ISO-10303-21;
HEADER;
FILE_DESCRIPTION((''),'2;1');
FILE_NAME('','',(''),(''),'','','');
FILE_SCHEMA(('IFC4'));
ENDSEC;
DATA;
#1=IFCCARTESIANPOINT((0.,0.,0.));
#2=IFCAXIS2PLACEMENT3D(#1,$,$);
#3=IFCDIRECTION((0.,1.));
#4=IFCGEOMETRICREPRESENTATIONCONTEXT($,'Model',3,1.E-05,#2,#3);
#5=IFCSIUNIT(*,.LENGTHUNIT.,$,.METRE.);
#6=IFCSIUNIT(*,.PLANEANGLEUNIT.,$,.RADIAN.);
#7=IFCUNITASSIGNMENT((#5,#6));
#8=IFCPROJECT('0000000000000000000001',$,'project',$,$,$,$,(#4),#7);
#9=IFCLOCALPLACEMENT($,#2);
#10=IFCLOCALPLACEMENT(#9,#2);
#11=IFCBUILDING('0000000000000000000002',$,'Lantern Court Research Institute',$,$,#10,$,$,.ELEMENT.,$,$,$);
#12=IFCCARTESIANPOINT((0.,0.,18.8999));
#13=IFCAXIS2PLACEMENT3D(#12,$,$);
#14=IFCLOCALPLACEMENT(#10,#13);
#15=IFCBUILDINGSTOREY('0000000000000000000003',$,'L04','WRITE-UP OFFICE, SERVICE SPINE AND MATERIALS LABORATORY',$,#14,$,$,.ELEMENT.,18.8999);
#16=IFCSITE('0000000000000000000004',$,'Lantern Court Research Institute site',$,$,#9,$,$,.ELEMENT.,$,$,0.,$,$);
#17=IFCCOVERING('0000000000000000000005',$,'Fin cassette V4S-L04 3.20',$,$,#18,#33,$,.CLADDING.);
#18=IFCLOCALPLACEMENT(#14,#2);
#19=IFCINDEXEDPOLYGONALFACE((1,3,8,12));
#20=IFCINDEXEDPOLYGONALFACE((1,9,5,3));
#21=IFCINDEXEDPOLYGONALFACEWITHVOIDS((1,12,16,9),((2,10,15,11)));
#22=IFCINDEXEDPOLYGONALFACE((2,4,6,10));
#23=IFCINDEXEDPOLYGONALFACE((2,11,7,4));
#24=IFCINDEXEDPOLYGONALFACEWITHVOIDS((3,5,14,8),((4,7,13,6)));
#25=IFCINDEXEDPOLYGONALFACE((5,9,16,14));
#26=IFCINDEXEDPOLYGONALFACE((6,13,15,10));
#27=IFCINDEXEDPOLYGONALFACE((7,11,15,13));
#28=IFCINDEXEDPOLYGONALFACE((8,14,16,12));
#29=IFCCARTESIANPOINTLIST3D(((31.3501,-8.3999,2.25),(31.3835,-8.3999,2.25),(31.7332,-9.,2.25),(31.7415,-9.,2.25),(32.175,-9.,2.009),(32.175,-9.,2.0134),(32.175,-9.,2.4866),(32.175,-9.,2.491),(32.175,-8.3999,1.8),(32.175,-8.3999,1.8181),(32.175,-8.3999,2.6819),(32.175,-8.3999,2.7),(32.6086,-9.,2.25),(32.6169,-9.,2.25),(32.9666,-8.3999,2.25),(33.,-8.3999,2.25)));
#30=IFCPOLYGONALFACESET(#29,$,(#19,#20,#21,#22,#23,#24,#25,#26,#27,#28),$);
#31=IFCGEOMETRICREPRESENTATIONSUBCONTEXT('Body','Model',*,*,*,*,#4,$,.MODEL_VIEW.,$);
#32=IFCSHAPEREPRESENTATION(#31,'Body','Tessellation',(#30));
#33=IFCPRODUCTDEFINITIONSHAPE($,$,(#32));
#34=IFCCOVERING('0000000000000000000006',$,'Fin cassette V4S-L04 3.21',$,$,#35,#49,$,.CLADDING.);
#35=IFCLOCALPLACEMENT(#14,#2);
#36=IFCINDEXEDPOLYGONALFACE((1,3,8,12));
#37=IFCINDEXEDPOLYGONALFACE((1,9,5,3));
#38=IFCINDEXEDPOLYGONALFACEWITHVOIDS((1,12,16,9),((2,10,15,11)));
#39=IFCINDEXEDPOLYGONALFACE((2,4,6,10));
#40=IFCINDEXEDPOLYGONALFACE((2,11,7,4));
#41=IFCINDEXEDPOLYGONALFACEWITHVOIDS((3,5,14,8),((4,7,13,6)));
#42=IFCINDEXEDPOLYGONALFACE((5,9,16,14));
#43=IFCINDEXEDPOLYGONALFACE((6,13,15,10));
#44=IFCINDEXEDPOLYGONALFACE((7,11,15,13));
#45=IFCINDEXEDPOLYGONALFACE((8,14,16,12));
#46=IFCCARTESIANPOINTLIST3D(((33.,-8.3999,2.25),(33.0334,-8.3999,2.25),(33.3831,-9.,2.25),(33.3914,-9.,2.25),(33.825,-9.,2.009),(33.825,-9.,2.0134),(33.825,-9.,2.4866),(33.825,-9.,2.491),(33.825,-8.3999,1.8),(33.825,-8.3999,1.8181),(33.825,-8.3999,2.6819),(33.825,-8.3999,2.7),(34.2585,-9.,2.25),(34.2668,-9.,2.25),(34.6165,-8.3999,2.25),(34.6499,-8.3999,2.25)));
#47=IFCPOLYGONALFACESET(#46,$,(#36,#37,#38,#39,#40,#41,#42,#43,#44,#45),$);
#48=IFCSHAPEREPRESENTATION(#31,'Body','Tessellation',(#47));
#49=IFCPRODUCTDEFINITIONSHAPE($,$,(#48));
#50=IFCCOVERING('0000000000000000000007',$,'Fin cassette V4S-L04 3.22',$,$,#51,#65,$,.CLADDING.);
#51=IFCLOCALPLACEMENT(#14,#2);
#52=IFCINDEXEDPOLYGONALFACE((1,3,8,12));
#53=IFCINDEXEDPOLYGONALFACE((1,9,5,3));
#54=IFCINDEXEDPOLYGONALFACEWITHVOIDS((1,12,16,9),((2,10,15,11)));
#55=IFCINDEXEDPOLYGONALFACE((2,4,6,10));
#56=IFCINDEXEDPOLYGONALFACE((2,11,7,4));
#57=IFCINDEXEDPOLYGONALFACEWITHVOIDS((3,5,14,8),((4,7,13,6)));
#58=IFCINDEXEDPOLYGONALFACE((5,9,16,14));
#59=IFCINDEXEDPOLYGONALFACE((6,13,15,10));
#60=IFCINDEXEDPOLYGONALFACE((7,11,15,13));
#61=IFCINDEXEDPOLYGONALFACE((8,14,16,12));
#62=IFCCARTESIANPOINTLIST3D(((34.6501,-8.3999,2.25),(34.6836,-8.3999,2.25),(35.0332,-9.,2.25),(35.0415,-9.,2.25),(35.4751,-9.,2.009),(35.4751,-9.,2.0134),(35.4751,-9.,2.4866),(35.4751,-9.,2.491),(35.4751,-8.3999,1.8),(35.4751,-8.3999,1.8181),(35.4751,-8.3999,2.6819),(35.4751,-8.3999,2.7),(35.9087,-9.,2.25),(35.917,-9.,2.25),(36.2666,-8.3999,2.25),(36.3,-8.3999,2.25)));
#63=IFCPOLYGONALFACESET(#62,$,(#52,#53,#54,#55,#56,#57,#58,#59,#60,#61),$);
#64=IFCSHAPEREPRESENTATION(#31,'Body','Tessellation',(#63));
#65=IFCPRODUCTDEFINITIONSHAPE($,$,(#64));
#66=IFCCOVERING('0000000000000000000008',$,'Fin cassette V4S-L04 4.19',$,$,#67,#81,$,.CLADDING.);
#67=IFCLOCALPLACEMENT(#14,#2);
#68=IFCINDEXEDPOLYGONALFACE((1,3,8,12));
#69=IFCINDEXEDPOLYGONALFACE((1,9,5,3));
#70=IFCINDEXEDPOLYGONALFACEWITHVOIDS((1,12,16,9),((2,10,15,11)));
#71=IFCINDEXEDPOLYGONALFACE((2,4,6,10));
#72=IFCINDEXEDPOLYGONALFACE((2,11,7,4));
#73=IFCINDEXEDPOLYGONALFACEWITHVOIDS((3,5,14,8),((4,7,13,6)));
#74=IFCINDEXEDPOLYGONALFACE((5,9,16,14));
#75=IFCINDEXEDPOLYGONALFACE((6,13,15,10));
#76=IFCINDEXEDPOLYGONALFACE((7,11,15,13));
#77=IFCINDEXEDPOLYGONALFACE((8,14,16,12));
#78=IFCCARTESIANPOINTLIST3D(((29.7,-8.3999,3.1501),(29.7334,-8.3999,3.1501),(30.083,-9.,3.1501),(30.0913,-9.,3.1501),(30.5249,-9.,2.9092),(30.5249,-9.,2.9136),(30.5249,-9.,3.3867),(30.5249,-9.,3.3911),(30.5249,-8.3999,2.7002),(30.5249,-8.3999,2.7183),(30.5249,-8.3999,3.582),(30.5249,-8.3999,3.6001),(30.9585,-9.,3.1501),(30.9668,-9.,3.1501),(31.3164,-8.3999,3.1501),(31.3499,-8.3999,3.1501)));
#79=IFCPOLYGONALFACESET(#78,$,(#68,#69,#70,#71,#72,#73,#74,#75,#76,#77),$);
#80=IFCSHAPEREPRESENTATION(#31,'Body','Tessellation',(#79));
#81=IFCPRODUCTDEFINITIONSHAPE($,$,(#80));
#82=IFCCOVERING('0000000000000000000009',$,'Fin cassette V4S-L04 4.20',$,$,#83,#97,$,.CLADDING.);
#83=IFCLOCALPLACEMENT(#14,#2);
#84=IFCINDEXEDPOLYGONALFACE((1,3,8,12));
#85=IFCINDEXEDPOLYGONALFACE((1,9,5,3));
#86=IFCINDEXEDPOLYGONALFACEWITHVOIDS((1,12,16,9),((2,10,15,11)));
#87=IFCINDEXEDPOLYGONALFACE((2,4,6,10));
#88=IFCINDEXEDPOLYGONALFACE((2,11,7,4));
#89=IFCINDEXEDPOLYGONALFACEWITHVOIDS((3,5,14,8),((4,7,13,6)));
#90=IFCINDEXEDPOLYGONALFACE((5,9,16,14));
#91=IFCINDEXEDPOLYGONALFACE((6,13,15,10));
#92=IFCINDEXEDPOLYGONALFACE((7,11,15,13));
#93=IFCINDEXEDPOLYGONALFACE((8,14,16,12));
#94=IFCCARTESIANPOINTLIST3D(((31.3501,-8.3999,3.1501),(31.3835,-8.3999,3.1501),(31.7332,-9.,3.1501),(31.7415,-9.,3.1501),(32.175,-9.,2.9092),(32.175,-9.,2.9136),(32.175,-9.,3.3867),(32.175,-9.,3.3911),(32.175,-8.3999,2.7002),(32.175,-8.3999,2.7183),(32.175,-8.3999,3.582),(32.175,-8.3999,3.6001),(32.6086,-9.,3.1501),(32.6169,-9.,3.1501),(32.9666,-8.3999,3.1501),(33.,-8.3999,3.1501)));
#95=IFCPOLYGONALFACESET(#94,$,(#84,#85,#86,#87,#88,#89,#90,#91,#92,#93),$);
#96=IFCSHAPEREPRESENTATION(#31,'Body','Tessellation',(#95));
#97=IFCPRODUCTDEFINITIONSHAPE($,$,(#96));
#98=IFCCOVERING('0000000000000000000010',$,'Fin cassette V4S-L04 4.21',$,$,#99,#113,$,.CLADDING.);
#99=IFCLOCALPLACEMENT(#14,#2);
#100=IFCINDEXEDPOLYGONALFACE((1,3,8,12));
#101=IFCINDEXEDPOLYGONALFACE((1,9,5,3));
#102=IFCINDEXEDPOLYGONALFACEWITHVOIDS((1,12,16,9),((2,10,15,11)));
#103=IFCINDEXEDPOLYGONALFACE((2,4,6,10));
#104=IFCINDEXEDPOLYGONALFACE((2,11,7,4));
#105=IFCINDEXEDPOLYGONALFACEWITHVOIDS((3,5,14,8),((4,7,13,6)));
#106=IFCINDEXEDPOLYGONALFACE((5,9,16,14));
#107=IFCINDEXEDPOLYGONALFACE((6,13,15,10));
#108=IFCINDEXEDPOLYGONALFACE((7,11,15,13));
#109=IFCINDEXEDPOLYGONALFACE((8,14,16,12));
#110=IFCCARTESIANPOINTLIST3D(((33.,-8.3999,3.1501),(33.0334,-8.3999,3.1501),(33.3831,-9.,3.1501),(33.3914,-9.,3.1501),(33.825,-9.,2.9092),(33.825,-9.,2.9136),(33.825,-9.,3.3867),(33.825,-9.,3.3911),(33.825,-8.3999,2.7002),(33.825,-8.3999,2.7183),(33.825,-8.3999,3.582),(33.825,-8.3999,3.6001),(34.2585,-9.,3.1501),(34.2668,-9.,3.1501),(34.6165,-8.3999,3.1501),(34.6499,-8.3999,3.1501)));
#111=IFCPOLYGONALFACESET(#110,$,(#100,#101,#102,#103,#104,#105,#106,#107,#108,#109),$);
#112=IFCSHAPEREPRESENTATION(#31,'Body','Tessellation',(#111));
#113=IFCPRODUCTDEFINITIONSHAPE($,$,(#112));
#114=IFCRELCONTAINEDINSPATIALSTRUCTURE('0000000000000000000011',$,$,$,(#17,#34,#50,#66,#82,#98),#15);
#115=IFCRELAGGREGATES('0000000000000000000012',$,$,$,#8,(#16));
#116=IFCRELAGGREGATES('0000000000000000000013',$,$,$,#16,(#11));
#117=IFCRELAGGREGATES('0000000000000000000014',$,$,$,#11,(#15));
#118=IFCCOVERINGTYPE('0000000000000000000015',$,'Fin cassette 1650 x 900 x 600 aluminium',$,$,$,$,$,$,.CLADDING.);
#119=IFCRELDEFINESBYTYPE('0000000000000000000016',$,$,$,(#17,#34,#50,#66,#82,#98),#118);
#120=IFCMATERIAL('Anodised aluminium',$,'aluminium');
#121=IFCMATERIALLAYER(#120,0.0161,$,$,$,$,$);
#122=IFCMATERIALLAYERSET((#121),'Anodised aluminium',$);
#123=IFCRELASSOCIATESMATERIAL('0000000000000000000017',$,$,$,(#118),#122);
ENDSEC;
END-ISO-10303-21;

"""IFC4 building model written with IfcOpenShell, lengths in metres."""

from ifc_helpers import new_model, entity, si_unit, direction, frame, origin, place, context, subcontext, project, spatial, material, layer, layer_set, type_object, element, save


model = new_model("IFC4")

# Units and contexts
model_context = context("Model", 3, precision=1e-05, world=origin(), true_north=direction((0.0, 1.0)))
body_context = subcontext(model_context, "Body", "Model", "MODEL_VIEW")
ifc_project = project(units=[si_unit("LENGTHUNIT", "METRE"), si_unit("PLANEANGLEUNIT", "RADIAN")], contexts=[model_context])

# Site, building, storey
site_placement = place(None, origin())
site = spatial("IfcSite", under=ifc_project, at=site_placement, Name="Lantern Court Research Institute site", CompositionType="ELEMENT", RefElevation=0.0)
building_placement = place(site_placement, origin())
building = spatial("IfcBuilding", under=site, at=building_placement, Name="Lantern Court Research Institute", CompositionType="ELEMENT")
storey_placement = place(building_placement, frame((0.0, 0.0, 18.8999)))
storey = spatial("IfcBuildingStorey", under=building, at=storey_placement, Name="L04", Description="WRITE-UP OFFICE, SERVICE SPINE AND MATERIALS LABORATORY", CompositionType="ELEMENT", Elevation=18.8999)

# Coverings
ifc_material_1 = material(Name="Anodised aluminium", Category="aluminium")
ifc_layer_1 = layer(ifc_material_1, 0.0161)
ifc_layer_set_1 = layer_set([ifc_layer_1], Name="Anodised aluminium")
covering_type = type_object("IfcCoveringType", Name="Fin cassette 1650 x 900 x 600 aluminium", PredefinedType="CLADDING", material=ifc_layer_set_1)
covering_1_placement = place(storey_placement, frame((32.175, -8.3999, 2.25), z_axis=(0.0, -1.0, 0.0), x_axis=(1.0, 0.0, 0.0)))
cartesian_point_1 = entity("IfcCartesianPoint", [0.825, 0.0])
cartesian_point_2 = entity("IfcCartesianPoint", [0.7915, 0.0])
cartesian_point_3 = entity("IfcCartesianPoint", [0.4419, 0.0])
cartesian_point_4 = entity("IfcCartesianPoint", [0.4336, 0.0])
element("IfcCovering", 1, at=covering_1_placement, inside=storey, type_object=covering_type, Name="Fin cassette V4S-L04 3.20", PredefinedType="CLADDING", context=body_context, shape_type="SweptSolid", body=[
    entity("IfcExtrudedAreaSolidTapered", entity("IfcArbitraryProfileDefWithVoids", "AREA", None, entity("IfcPolyline", [cartesian_point_1, entity("IfcCartesianPoint", [0.0, 0.45]), entity("IfcCartesianPoint", [-0.825, 0.0]), entity("IfcCartesianPoint", [0.0, -0.45]), cartesian_point_1]), [entity("IfcPolyline", [cartesian_point_2, entity("IfcCartesianPoint", [0.0, 0.4319]), entity("IfcCartesianPoint", [-0.7915, 0.0]), entity("IfcCartesianPoint", [0.0, -0.4319]), cartesian_point_2])]), entity("IfcAxis2Placement3D", entity("IfcCartesianPoint", [0.0, 0.0, 0.0])), entity("IfcDirection", [0.0, 0.0, 1.0]), 0.6001, entity("IfcArbitraryProfileDefWithVoids", "AREA", None, entity("IfcPolyline", [cartesian_point_3, entity("IfcCartesianPoint", [0.0, 0.241]), entity("IfcCartesianPoint", [-0.4419, 0.0]), entity("IfcCartesianPoint", [0.0, -0.241]), cartesian_point_3]), [entity("IfcPolyline", [cartesian_point_4, entity("IfcCartesianPoint", [0.0, 0.2366]), entity("IfcCartesianPoint", [-0.4336, 0.0]), entity("IfcCartesianPoint", [0.0, -0.2366]), cartesian_point_4])])),
])
covering_2_placement = place(storey_placement, frame((33.825, -8.3999, 2.25), z_axis=(0.0, -1.0, 0.0), x_axis=(1.0, 0.0, 0.0)))
cartesian_point_5 = entity("IfcCartesianPoint", [0.825, 0.0])
cartesian_point_6 = entity("IfcCartesianPoint", [0.7915, 0.0])
cartesian_point_7 = entity("IfcCartesianPoint", [0.4419, 0.0])
cartesian_point_8 = entity("IfcCartesianPoint", [0.4336, 0.0])
element("IfcCovering", 2, at=covering_2_placement, inside=storey, type_object=covering_type, Name="Fin cassette V4S-L04 3.21", PredefinedType="CLADDING", context=body_context, shape_type="SweptSolid", body=[
    entity("IfcExtrudedAreaSolidTapered", entity("IfcArbitraryProfileDefWithVoids", "AREA", None, entity("IfcPolyline", [cartesian_point_5, entity("IfcCartesianPoint", [0.0, 0.45]), entity("IfcCartesianPoint", [-0.825, 0.0]), entity("IfcCartesianPoint", [0.0, -0.45]), cartesian_point_5]), [entity("IfcPolyline", [cartesian_point_6, entity("IfcCartesianPoint", [0.0, 0.4319]), entity("IfcCartesianPoint", [-0.7915, 0.0]), entity("IfcCartesianPoint", [0.0, -0.4319]), cartesian_point_6])]), entity("IfcAxis2Placement3D", entity("IfcCartesianPoint", [0.0, 0.0, 0.0])), entity("IfcDirection", [0.0, 0.0, 1.0]), 0.6001, entity("IfcArbitraryProfileDefWithVoids", "AREA", None, entity("IfcPolyline", [cartesian_point_7, entity("IfcCartesianPoint", [0.0, 0.241]), entity("IfcCartesianPoint", [-0.4419, 0.0]), entity("IfcCartesianPoint", [0.0, -0.241]), cartesian_point_7]), [entity("IfcPolyline", [cartesian_point_8, entity("IfcCartesianPoint", [0.0, 0.2366]), entity("IfcCartesianPoint", [-0.4336, 0.0]), entity("IfcCartesianPoint", [0.0, -0.2366]), cartesian_point_8])])),
])
covering_3_placement = place(storey_placement, frame((35.4751, -8.3999, 2.25), z_axis=(0.0, -1.0, 0.0), x_axis=(1.0, 0.0, 0.0)))
cartesian_point_9 = entity("IfcCartesianPoint", [0.825, 0.0])
cartesian_point_10 = entity("IfcCartesianPoint", [0.7915, 0.0])
cartesian_point_11 = entity("IfcCartesianPoint", [0.4419, 0.0])
cartesian_point_12 = entity("IfcCartesianPoint", [0.4336, 0.0])
element("IfcCovering", 3, at=covering_3_placement, inside=storey, type_object=covering_type, Name="Fin cassette V4S-L04 3.22", PredefinedType="CLADDING", context=body_context, shape_type="SweptSolid", body=[
    entity("IfcExtrudedAreaSolidTapered", entity("IfcArbitraryProfileDefWithVoids", "AREA", None, entity("IfcPolyline", [cartesian_point_9, entity("IfcCartesianPoint", [0.0, 0.45]), entity("IfcCartesianPoint", [-0.825, 0.0]), entity("IfcCartesianPoint", [0.0, -0.45]), cartesian_point_9]), [entity("IfcPolyline", [cartesian_point_10, entity("IfcCartesianPoint", [0.0, 0.4319]), entity("IfcCartesianPoint", [-0.7915, 0.0]), entity("IfcCartesianPoint", [0.0, -0.4319]), cartesian_point_10])]), entity("IfcAxis2Placement3D", entity("IfcCartesianPoint", [0.0, 0.0, 0.0])), entity("IfcDirection", [0.0, 0.0, 1.0]), 0.6001, entity("IfcArbitraryProfileDefWithVoids", "AREA", None, entity("IfcPolyline", [cartesian_point_11, entity("IfcCartesianPoint", [0.0, 0.241]), entity("IfcCartesianPoint", [-0.4419, 0.0]), entity("IfcCartesianPoint", [0.0, -0.241]), cartesian_point_11]), [entity("IfcPolyline", [cartesian_point_12, entity("IfcCartesianPoint", [0.0, 0.2366]), entity("IfcCartesianPoint", [-0.4336, 0.0]), entity("IfcCartesianPoint", [0.0, -0.2366]), cartesian_point_12])])),
])
covering_4_placement = place(storey_placement, frame((30.5249, -8.3999, 3.1501), z_axis=(0.0, -1.0, 0.0), x_axis=(1.0, 0.0, 0.0)))
cartesian_point_13 = entity("IfcCartesianPoint", [0.825, 0.0])
cartesian_point_14 = entity("IfcCartesianPoint", [0.7915, 0.0])
cartesian_point_15 = entity("IfcCartesianPoint", [0.4419, 0.0])
cartesian_point_16 = entity("IfcCartesianPoint", [0.4336, 0.0])
element("IfcCovering", 4, at=covering_4_placement, inside=storey, type_object=covering_type, Name="Fin cassette V4S-L04 4.19", PredefinedType="CLADDING", context=body_context, shape_type="SweptSolid", body=[
    entity("IfcExtrudedAreaSolidTapered", entity("IfcArbitraryProfileDefWithVoids", "AREA", None, entity("IfcPolyline", [cartesian_point_13, entity("IfcCartesianPoint", [0.0, 0.45]), entity("IfcCartesianPoint", [-0.825, 0.0]), entity("IfcCartesianPoint", [0.0, -0.45]), cartesian_point_13]), [entity("IfcPolyline", [cartesian_point_14, entity("IfcCartesianPoint", [0.0, 0.4319]), entity("IfcCartesianPoint", [-0.7915, 0.0]), entity("IfcCartesianPoint", [0.0, -0.4319]), cartesian_point_14])]), entity("IfcAxis2Placement3D", entity("IfcCartesianPoint", [0.0, 0.0, 0.0])), entity("IfcDirection", [0.0, 0.0, 1.0]), 0.6001, entity("IfcArbitraryProfileDefWithVoids", "AREA", None, entity("IfcPolyline", [cartesian_point_15, entity("IfcCartesianPoint", [0.0, 0.241]), entity("IfcCartesianPoint", [-0.4419, 0.0]), entity("IfcCartesianPoint", [0.0, -0.241]), cartesian_point_15]), [entity("IfcPolyline", [cartesian_point_16, entity("IfcCartesianPoint", [0.0, 0.2366]), entity("IfcCartesianPoint", [-0.4336, 0.0]), entity("IfcCartesianPoint", [0.0, -0.2366]), cartesian_point_16])])),
])
covering_5_placement = place(storey_placement, frame((32.175, -8.3999, 3.1501), z_axis=(0.0, -1.0, 0.0), x_axis=(1.0, 0.0, 0.0)))
cartesian_point_17 = entity("IfcCartesianPoint", [0.825, 0.0])
cartesian_point_18 = entity("IfcCartesianPoint", [0.7915, 0.0])
cartesian_point_19 = entity("IfcCartesianPoint", [0.4419, 0.0])
cartesian_point_20 = entity("IfcCartesianPoint", [0.4336, 0.0])
element("IfcCovering", 5, at=covering_5_placement, inside=storey, type_object=covering_type, Name="Fin cassette V4S-L04 4.20", PredefinedType="CLADDING", context=body_context, shape_type="SweptSolid", body=[
    entity("IfcExtrudedAreaSolidTapered", entity("IfcArbitraryProfileDefWithVoids", "AREA", None, entity("IfcPolyline", [cartesian_point_17, entity("IfcCartesianPoint", [0.0, 0.45]), entity("IfcCartesianPoint", [-0.825, 0.0]), entity("IfcCartesianPoint", [0.0, -0.45]), cartesian_point_17]), [entity("IfcPolyline", [cartesian_point_18, entity("IfcCartesianPoint", [0.0, 0.4319]), entity("IfcCartesianPoint", [-0.7915, 0.0]), entity("IfcCartesianPoint", [0.0, -0.4319]), cartesian_point_18])]), entity("IfcAxis2Placement3D", entity("IfcCartesianPoint", [0.0, 0.0, 0.0])), entity("IfcDirection", [0.0, 0.0, 1.0]), 0.6001, entity("IfcArbitraryProfileDefWithVoids", "AREA", None, entity("IfcPolyline", [cartesian_point_19, entity("IfcCartesianPoint", [0.0, 0.241]), entity("IfcCartesianPoint", [-0.4419, 0.0]), entity("IfcCartesianPoint", [0.0, -0.241]), cartesian_point_19]), [entity("IfcPolyline", [cartesian_point_20, entity("IfcCartesianPoint", [0.0, 0.2366]), entity("IfcCartesianPoint", [-0.4336, 0.0]), entity("IfcCartesianPoint", [0.0, -0.2366]), cartesian_point_20])])),
])
covering_6_placement = place(storey_placement, frame((33.825, -8.3999, 3.1501), z_axis=(0.0, -1.0, 0.0), x_axis=(1.0, 0.0, 0.0)))
cartesian_point_21 = entity("IfcCartesianPoint", [0.825, 0.0])
cartesian_point_22 = entity("IfcCartesianPoint", [0.7915, 0.0])
cartesian_point_23 = entity("IfcCartesianPoint", [0.4419, 0.0])
cartesian_point_24 = entity("IfcCartesianPoint", [0.4336, 0.0])
element("IfcCovering", 6, at=covering_6_placement, inside=storey, type_object=covering_type, Name="Fin cassette V4S-L04 4.21", PredefinedType="CLADDING", context=body_context, shape_type="SweptSolid", body=[
    entity("IfcExtrudedAreaSolidTapered", entity("IfcArbitraryProfileDefWithVoids", "AREA", None, entity("IfcPolyline", [cartesian_point_21, entity("IfcCartesianPoint", [0.0, 0.45]), entity("IfcCartesianPoint", [-0.825, 0.0]), entity("IfcCartesianPoint", [0.0, -0.45]), cartesian_point_21]), [entity("IfcPolyline", [cartesian_point_22, entity("IfcCartesianPoint", [0.0, 0.4319]), entity("IfcCartesianPoint", [-0.7915, 0.0]), entity("IfcCartesianPoint", [0.0, -0.4319]), cartesian_point_22])]), entity("IfcAxis2Placement3D", entity("IfcCartesianPoint", [0.0, 0.0, 0.0])), entity("IfcDirection", [0.0, 0.0, 1.0]), 0.6001, entity("IfcArbitraryProfileDefWithVoids", "AREA", None, entity("IfcPolyline", [cartesian_point_23, entity("IfcCartesianPoint", [0.0, 0.241]), entity("IfcCartesianPoint", [-0.4419, 0.0]), entity("IfcCartesianPoint", [0.0, -0.241]), cartesian_point_23]), [entity("IfcPolyline", [cartesian_point_24, entity("IfcCartesianPoint", [0.0, 0.2366]), entity("IfcCartesianPoint", [-0.4336, 0.0]), entity("IfcCartesianPoint", [0.0, -0.2366]), cartesian_point_24])])),
])

save(model, "model.ifc")
